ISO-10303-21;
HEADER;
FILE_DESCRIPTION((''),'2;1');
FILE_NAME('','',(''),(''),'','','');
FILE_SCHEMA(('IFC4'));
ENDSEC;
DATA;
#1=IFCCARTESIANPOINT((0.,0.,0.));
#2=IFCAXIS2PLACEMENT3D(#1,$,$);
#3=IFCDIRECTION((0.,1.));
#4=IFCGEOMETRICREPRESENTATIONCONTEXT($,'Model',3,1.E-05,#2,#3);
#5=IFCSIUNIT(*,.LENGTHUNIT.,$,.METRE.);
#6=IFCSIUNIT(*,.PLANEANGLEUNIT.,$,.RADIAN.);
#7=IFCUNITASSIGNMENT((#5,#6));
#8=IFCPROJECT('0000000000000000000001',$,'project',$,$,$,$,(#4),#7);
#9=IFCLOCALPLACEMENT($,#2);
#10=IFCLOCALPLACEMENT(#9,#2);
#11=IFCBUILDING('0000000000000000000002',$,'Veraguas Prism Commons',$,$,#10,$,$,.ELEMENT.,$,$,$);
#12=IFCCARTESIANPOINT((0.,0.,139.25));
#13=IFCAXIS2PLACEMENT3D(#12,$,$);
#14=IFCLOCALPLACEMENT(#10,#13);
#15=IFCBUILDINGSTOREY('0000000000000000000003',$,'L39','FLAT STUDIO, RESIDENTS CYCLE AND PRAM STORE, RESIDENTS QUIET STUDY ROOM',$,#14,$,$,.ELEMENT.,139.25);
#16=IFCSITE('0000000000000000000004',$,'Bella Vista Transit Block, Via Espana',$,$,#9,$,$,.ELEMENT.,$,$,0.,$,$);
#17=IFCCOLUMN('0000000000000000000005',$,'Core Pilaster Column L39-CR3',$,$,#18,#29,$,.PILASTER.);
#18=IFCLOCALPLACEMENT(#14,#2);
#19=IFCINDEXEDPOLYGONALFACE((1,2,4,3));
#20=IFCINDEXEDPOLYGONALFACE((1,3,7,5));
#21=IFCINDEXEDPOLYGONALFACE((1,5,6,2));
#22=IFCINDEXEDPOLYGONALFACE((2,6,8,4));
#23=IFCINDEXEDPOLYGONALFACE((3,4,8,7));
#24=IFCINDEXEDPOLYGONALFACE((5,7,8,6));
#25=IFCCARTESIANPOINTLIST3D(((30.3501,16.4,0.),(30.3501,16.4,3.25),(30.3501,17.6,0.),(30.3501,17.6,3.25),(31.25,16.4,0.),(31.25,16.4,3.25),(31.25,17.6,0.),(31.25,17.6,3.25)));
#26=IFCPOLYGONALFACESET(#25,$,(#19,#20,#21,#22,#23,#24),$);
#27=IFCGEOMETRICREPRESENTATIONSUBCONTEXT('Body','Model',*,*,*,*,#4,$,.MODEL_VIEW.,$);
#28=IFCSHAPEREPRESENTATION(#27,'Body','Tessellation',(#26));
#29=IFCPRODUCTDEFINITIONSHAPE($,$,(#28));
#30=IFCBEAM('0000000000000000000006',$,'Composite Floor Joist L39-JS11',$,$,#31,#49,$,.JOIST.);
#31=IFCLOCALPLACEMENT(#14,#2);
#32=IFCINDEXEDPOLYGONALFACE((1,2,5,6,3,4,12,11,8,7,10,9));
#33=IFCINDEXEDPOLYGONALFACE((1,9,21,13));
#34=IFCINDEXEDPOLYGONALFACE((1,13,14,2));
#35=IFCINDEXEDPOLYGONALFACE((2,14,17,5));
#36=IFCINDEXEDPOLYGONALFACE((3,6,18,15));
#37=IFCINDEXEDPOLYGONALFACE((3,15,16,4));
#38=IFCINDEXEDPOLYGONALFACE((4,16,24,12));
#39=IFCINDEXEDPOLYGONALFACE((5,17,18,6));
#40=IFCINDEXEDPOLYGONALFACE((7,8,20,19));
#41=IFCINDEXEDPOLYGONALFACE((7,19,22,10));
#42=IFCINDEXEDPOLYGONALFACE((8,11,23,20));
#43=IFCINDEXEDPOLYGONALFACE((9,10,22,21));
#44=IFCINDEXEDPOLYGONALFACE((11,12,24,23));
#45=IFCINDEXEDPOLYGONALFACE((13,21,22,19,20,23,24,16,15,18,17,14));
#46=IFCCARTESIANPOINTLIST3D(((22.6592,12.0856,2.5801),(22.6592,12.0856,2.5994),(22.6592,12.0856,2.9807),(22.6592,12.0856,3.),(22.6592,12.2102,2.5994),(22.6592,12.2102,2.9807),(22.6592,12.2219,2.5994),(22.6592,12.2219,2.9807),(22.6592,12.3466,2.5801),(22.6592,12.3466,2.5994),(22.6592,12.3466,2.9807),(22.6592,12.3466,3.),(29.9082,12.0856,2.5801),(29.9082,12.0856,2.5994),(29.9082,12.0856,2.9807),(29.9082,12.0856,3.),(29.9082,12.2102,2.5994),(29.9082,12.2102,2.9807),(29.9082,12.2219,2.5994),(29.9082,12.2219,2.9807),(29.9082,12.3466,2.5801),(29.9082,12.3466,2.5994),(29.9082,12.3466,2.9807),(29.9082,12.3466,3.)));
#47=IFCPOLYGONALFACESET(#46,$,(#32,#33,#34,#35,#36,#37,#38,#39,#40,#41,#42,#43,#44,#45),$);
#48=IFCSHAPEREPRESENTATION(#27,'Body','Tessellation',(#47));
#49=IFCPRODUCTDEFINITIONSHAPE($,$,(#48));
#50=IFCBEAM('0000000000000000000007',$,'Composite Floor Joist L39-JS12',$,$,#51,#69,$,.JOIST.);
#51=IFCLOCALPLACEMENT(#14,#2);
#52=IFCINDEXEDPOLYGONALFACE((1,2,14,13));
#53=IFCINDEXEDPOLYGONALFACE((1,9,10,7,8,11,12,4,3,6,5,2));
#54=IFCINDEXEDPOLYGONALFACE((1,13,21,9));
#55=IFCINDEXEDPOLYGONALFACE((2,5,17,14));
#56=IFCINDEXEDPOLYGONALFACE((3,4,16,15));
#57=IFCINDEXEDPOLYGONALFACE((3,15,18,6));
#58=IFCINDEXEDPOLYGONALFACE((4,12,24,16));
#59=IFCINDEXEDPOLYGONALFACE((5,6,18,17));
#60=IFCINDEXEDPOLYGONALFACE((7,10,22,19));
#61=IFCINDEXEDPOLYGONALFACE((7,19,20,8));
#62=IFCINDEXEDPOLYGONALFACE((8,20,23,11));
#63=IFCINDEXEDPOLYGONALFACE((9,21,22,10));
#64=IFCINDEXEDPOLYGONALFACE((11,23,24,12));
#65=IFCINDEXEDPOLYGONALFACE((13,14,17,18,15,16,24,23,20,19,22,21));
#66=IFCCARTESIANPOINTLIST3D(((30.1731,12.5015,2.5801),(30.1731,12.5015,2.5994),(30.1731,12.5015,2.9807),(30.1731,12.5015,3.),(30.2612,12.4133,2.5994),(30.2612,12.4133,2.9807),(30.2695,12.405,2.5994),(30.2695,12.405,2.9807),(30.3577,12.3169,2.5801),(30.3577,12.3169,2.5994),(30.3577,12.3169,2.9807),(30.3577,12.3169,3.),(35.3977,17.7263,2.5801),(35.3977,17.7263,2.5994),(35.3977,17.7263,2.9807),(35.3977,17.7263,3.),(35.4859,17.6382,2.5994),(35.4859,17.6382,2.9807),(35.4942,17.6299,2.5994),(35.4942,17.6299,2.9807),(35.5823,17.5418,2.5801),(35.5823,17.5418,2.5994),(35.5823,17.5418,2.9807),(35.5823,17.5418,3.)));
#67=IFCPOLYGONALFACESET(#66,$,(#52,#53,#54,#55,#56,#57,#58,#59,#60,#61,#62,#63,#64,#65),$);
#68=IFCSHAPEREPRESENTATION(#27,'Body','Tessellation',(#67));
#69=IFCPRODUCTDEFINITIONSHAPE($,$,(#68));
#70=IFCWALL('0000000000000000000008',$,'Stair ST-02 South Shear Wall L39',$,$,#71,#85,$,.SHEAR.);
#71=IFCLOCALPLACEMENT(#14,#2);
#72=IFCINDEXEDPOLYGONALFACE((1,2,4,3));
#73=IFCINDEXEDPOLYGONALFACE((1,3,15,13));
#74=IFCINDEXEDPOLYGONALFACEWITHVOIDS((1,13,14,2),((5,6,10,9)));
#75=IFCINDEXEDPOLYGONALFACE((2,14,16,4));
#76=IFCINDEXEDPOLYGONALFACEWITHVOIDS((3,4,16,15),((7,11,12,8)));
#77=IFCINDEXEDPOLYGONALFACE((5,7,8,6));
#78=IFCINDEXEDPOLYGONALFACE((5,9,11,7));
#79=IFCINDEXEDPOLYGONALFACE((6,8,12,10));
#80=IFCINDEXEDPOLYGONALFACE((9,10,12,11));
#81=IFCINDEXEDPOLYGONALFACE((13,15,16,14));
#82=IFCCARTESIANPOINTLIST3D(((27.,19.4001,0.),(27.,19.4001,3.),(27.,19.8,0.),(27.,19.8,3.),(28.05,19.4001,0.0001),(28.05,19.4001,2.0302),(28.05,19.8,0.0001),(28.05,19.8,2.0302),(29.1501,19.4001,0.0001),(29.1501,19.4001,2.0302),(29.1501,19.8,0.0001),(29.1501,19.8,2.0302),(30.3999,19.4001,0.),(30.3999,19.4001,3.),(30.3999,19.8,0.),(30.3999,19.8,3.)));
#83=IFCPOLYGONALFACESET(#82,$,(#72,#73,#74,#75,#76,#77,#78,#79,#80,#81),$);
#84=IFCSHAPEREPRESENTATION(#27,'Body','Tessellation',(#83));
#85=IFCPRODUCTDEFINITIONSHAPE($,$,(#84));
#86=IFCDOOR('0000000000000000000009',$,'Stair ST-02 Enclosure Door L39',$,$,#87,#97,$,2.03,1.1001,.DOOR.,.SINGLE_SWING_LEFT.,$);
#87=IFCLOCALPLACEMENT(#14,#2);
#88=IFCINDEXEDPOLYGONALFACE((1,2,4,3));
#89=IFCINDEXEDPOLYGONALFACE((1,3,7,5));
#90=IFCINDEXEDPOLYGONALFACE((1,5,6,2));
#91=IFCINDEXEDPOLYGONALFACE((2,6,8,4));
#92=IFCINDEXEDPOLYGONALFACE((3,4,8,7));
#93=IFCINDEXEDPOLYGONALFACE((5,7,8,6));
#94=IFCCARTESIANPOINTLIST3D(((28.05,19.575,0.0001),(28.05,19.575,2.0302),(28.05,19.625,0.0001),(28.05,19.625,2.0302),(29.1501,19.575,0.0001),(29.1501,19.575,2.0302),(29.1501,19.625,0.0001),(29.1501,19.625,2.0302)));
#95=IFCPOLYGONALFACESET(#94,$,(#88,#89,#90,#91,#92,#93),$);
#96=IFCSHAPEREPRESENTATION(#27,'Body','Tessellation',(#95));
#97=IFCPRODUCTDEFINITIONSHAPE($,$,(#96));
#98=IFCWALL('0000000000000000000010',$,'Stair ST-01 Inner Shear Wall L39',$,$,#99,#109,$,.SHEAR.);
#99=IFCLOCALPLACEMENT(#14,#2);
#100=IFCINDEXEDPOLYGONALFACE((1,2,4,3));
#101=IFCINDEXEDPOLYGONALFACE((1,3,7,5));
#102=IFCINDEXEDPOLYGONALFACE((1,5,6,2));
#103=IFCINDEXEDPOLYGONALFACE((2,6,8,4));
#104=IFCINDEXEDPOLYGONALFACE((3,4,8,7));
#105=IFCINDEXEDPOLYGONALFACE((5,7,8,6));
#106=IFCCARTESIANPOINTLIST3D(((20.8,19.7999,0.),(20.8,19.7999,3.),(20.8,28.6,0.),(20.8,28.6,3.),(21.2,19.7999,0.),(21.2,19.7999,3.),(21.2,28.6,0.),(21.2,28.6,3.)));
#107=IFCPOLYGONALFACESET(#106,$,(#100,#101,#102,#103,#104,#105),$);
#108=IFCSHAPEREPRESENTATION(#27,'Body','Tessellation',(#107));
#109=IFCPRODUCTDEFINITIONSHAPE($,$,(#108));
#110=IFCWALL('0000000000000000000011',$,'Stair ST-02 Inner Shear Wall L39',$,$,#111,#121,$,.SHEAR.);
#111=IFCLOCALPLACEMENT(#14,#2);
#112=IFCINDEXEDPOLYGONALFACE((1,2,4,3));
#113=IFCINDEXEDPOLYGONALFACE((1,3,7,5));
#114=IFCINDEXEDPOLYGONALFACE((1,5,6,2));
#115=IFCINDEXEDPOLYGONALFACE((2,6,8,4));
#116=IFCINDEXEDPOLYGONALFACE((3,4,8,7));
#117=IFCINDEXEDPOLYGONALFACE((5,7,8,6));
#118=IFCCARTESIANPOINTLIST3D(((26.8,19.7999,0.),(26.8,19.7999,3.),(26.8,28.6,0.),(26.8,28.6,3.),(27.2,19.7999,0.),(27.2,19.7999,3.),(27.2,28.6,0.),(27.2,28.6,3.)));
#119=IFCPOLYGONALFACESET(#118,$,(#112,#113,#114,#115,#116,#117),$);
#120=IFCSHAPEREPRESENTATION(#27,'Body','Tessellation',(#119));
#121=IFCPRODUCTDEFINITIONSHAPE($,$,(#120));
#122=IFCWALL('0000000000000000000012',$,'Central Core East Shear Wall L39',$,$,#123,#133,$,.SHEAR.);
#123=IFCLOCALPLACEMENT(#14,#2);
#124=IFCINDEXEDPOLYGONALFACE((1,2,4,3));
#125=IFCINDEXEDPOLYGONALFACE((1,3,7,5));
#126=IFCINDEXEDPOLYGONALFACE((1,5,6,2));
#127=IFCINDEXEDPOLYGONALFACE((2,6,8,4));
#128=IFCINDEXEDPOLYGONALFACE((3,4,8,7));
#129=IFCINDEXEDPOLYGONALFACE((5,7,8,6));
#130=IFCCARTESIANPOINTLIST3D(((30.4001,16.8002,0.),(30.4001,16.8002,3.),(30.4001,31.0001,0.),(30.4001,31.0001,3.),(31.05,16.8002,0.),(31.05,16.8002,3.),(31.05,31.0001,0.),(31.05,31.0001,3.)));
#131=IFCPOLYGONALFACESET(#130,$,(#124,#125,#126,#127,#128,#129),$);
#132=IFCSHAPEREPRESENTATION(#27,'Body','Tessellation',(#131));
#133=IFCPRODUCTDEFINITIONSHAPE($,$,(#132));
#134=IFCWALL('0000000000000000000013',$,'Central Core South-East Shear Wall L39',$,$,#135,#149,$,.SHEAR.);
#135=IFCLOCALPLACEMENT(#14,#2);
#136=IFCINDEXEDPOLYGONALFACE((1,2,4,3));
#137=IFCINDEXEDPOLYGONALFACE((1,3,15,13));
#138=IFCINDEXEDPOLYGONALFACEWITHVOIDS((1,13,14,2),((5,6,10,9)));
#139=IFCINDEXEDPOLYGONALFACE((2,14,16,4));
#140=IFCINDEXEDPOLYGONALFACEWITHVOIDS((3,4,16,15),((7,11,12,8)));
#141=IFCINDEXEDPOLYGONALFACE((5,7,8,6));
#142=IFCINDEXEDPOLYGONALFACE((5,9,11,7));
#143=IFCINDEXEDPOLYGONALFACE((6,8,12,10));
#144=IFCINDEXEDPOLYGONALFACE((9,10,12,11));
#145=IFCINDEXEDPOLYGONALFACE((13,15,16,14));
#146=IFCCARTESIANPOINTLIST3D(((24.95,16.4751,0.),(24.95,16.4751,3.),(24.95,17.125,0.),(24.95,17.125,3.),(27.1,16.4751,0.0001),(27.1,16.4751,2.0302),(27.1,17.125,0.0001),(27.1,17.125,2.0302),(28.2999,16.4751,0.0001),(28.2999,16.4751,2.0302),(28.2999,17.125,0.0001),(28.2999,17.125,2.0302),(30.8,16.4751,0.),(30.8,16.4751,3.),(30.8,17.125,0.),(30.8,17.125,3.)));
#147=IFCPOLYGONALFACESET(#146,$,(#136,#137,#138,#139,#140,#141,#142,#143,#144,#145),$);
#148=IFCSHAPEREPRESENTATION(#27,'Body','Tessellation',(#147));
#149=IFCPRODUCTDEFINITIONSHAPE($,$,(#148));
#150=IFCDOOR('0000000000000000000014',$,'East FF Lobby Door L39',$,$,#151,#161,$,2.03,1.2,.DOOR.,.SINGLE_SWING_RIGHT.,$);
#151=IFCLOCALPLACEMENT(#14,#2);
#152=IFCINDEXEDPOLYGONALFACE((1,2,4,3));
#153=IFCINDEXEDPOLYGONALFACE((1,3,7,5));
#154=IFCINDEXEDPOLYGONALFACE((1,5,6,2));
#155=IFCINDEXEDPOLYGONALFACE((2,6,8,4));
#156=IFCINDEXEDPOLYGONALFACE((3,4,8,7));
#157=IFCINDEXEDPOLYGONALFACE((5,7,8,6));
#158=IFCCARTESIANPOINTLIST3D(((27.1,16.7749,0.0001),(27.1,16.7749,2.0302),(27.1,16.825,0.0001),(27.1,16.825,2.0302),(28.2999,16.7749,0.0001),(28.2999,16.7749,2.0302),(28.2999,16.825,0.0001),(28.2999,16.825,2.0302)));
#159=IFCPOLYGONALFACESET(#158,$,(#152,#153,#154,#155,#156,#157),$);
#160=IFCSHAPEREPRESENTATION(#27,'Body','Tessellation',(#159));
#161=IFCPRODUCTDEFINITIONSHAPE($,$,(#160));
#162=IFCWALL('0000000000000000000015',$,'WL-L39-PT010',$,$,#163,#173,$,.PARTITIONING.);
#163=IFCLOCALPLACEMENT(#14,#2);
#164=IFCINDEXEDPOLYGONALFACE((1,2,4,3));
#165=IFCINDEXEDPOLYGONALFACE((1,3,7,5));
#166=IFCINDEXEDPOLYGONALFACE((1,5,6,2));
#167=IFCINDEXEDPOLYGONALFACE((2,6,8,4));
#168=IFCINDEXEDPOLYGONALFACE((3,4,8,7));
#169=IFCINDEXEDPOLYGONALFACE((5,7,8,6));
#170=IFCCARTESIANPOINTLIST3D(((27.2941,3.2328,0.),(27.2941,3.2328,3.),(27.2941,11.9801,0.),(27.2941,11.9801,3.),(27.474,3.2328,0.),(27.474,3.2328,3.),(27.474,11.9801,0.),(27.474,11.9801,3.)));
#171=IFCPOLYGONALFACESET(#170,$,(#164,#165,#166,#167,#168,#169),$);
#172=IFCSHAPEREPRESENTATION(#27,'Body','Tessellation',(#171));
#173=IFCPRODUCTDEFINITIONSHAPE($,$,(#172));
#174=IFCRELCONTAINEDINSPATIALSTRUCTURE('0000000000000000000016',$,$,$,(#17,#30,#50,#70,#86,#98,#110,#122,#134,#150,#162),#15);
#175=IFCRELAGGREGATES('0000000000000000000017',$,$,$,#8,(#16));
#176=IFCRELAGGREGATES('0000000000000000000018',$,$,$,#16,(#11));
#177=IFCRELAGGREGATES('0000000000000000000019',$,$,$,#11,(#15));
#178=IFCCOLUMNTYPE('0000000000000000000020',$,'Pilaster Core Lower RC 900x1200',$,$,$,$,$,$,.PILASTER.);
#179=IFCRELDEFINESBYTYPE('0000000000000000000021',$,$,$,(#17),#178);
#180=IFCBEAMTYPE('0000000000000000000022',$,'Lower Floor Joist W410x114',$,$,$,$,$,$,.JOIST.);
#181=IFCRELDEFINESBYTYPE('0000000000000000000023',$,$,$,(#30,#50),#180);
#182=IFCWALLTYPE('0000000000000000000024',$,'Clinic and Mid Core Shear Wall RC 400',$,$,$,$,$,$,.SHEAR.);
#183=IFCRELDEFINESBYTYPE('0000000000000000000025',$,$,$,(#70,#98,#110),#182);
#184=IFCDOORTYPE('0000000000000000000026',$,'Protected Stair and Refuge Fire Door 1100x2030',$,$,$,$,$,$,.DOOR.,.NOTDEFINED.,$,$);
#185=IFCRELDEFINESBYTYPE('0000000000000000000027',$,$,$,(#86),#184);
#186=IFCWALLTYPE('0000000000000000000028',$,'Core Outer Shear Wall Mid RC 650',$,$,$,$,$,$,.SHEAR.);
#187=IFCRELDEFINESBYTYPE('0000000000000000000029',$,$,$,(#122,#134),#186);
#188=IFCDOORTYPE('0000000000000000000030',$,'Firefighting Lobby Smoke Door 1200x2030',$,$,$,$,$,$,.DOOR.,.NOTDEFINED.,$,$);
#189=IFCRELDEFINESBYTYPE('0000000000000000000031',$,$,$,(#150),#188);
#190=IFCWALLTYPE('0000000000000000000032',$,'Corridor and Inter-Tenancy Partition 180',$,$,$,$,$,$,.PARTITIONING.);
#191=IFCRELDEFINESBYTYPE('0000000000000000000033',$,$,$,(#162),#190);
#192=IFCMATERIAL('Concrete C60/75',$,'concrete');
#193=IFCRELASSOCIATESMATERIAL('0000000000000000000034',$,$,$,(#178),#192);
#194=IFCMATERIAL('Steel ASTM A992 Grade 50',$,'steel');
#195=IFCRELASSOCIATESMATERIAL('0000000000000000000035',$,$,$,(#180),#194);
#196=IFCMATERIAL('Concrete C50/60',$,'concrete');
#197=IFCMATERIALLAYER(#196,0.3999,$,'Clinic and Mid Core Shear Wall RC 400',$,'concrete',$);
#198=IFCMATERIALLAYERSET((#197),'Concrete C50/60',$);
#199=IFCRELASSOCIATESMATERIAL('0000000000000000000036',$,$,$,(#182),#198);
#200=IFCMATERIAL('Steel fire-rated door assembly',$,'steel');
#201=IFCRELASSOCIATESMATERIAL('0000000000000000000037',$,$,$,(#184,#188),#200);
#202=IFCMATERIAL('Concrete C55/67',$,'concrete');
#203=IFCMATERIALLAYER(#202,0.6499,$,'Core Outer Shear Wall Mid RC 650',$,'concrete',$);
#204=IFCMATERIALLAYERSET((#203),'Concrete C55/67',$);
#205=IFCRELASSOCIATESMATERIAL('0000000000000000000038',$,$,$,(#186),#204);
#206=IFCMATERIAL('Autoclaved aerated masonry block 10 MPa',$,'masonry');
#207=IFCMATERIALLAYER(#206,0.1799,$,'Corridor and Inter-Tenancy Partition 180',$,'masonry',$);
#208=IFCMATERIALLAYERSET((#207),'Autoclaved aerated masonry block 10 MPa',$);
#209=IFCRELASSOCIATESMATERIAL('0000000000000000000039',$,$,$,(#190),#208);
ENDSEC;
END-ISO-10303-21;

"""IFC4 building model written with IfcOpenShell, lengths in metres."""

from ifc_helpers import new_model, si_unit, direction, frame, frame_2d, origin, origin_2d, place, context, subcontext, project, spatial, rectangle, i_section, extrude, source, transform, mapped, material, layer, layer_set, material_profile, profile_set, type_object, element, fill, save


model = new_model("IFC4")

# Units and contexts
model_context = context("Model", 3, precision=1e-05, world=origin(), true_north=direction((0.0, 1.0)))
body_context = subcontext(model_context, "Body", "Model", "MODEL_VIEW")
ifc_project = project(units=[si_unit("LENGTHUNIT", "METRE"), si_unit("PLANEANGLEUNIT", "RADIAN")], contexts=[model_context])

# Site, building, storey
site_placement = place(None, origin())
site = spatial("IfcSite", under=ifc_project, at=site_placement, Name="Bella Vista Transit Block, Via Espana", CompositionType="ELEMENT", RefElevation=0.0)
building_placement = place(site_placement, origin())
building = spatial("IfcBuilding", under=site, at=building_placement, Name="Veraguas Prism Commons", CompositionType="ELEMENT")
storey_placement = place(building_placement, frame((0.0, 0.0, 139.25)))
storey = spatial("IfcBuildingStorey", under=building, at=storey_placement, Name="L39", Description="FLAT STUDIO, RESIDENTS CYCLE AND PRAM STORE, RESIDENTS QUIET STUDY ROOM", CompositionType="ELEMENT", Elevation=139.25)

# Column
ifc_material_1 = material(Name="Concrete C60/75", Category="concrete")
ifc_material_profile_1 = material_profile(ifc_material_1, rectangle(XDim=0.8999, YDim=1.2, at=origin_2d()), Name="RC900X1200")
ifc_profile_set_1 = profile_set([ifc_material_profile_1], Name="Concrete C60/75")
column_type = type_object("IfcColumnType", Name="Pilaster Core Lower RC 900x1200", PredefinedType="PILASTER", material=ifc_profile_set_1)
column_placement = place(storey_placement, frame((30.8, 17.0, 0.0), z_axis=(0.0, 0.0, 1.0), x_axis=(1.0, 0.0, 0.0)))
element("IfcColumn", 1, at=column_placement, inside=storey, type_object=column_type, Name="Core Pilaster Column L39-CR3", PredefinedType="PILASTER", context=body_context, shape_type="SweptSolid", body=[
    extrude(rectangle(XDim=0.8999, YDim=1.2, at=origin_2d()), origin(), (0.0, 0.0, 1.0), 3.25),
])

# Beams
ifc_material_2 = material(Name="Steel ASTM A992 Grade 50", Category="steel")
ifc_material_profile_2 = material_profile(ifc_material_2, i_section(OverallWidth=0.261, OverallDepth=0.4199, WebThickness=0.0117, FlangeThickness=0.0193, at=origin_2d()), Name="W410X114")
ifc_profile_set_2 = profile_set([ifc_material_profile_2], Name="Steel ASTM A992 Grade 50")
beam_type = type_object("IfcBeamType", Name="Lower Floor Joist W410x114", PredefinedType="JOIST", material=ifc_profile_set_2)
beam_1_placement = place(storey_placement, frame((22.6592, 12.2161, 2.79), z_axis=(1.0, 0.0, 0.0), x_axis=(0.0, 1.0, 0.0)))
element("IfcBeam", 2, at=beam_1_placement, inside=storey, type_object=beam_type, Name="Composite Floor Joist L39-JS11", PredefinedType="JOIST", context=body_context, shape_type="SweptSolid", body=[
    extrude(i_section(OverallWidth=0.261, OverallDepth=0.4199, WebThickness=0.0117, FlangeThickness=0.0193, at=origin_2d()), origin(), (0.0, 0.0, 1.0), 7.249),
])
beam_2_placement = place(storey_placement, frame((30.2654, 12.4092, 2.79), z_axis=(0.70709, 0.707123, 0.0), x_axis=(-0.707123, 0.70709, 0.0)))
element("IfcBeam", 3, at=beam_2_placement, inside=storey, type_object=beam_type, Name="Composite Floor Joist L39-JS12", PredefinedType="JOIST", context=body_context, shape_type="SweptSolid", body=[
    extrude(i_section(OverallWidth=0.261, OverallDepth=0.4199, WebThickness=0.0117, FlangeThickness=0.0193, at=origin_2d()), origin(), (0.0, 0.0, 1.0), 7.3889),
])

# Wall, opening, door
ifc_material_3 = material(Name="Concrete C50/60", Category="concrete")
ifc_layer_1 = layer(ifc_material_3, 0.3999, Name="Clinic and Mid Core Shear Wall RC 400", Category="concrete")
ifc_layer_set_1 = layer_set([ifc_layer_1], Name="Concrete C50/60")
wall_type_1 = type_object("IfcWallType", Name="Clinic and Mid Core Shear Wall RC 400", PredefinedType="SHEAR", material=ifc_layer_set_1)
wall_1_placement = place(storey_placement, frame((27.0, 19.6001, 0.0), z_axis=(0.0, 0.0, 1.0), x_axis=(1.0, 0.0, 0.0)))
wall_1 = element("IfcWall", 4, at=wall_1_placement, inside=storey, type_object=wall_type_1, Name="Stair ST-02 South Shear Wall L39", PredefinedType="SHEAR", context=body_context, shape_type="SweptSolid", body=[
    extrude(rectangle(XDim=3.3999, YDim=0.3999, at=frame_2d((1.7, 0.0))), origin(), (0.0, 0.0, 1.0), 3.0),
])
opening_1_placement = place(wall_1_placement, frame((1.05, 0.0, 0.0)))
opening_1 = element("IfcOpeningElement", 5, at=opening_1_placement, cuts=wall_1, PredefinedType="OPENING", context=body_context, shape_type="SweptSolid", body=[
    extrude(rectangle(XDim=1.1001, YDim=2.03, at=frame_2d((0.55, 1.0151))), frame((0.0, 0.21, 0.0), z_axis=(0.0, -1.0, 0.0), x_axis=(1.0, 0.0, 0.0)), (0.0, 0.0, 1.0), 0.4199),
])
ifc_material_4 = material(Name="Steel fire-rated door assembly", Category="steel")
door_type_1 = type_object("IfcDoorType", Name="Protected Stair and Refuge Fire Door 1100x2030", OperationType="NOTDEFINED", PredefinedType="DOOR", material=ifc_material_4)
shared_shape_1 = source(origin(), body_context, "Body", "SweptSolid", [
    extrude(rectangle(XDim=1.1001, YDim=2.03, at=frame_2d((0.55, 1.0151))), frame((0.0, 0.0249, 0.0), z_axis=(0.0, -1.0, 0.0), x_axis=(1.0, 0.0, 0.0)), (0.0, 0.0, 1.0), 0.05),
])
door_1_placement = place(opening_1_placement, origin())
door_1 = element("IfcDoor", 6, at=door_1_placement, inside=storey, type_object=door_type_1, Name="Stair ST-02 Enclosure Door L39", OperationType="SINGLE_SWING_LEFT", OverallHeight=2.03, OverallWidth=1.1001, PredefinedType="DOOR", context=body_context, shape_type="MappedRepresentation", body=[
    mapped(shared_shape_1, transform((0.0, 0.0, 0.0), scale=1.0)),
])
fill(opening_1, door_1)

# Walls
for number, where, z_axis, x_axis, name in (
    (7, (21.0, 19.8, 0.0), (0.0, 0.0, 1.0), (0.0, 1.0, 0.0), "Stair ST-01 Inner Shear Wall L39"),
    (8, (27.0, 19.8, 0.0), (0.0, 0.0, 1.0), (0.0, 1.0, 0.0), "Stair ST-02 Inner Shear Wall L39"),
):
    element("IfcWall", number, at=place(storey_placement, frame(where, z_axis=z_axis, x_axis=x_axis)), inside=storey, type_object=wall_type_1, Name=name, PredefinedType="SHEAR", context=body_context, shape_type="SweptSolid", body=[
        extrude(rectangle(XDim=8.8, YDim=0.3999, at=frame_2d((4.3999, 0.0))), origin(), (0.0, 0.0, 1.0), 3.0),
    ])
ifc_material_5 = material(Name="Concrete C55/67", Category="concrete")
ifc_layer_2 = layer(ifc_material_5, 0.6499, Name="Core Outer Shear Wall Mid RC 650", Category="concrete")
ifc_layer_set_2 = layer_set([ifc_layer_2], Name="Concrete C55/67")
wall_type_2 = type_object("IfcWallType", Name="Core Outer Shear Wall Mid RC 650", PredefinedType="SHEAR", material=ifc_layer_set_2)
wall_2_placement = place(storey_placement, frame((30.7251, 16.8, 0.0), z_axis=(0.0, 0.0, 1.0), x_axis=(0.0, 1.0, 0.0)))
element("IfcWall", 9, at=wall_2_placement, inside=storey, type_object=wall_type_2, Name="Central Core East Shear Wall L39", PredefinedType="SHEAR", context=body_context, shape_type="SweptSolid", body=[
    extrude(rectangle(XDim=14.2, YDim=0.6499, at=frame_2d((7.1001, 0.0))), origin(), (0.0, 0.0, 1.0), 3.0),
])

# Wall, opening, door
wall_3_placement = place(storey_placement, frame((24.95, 16.8, 0.0), z_axis=(0.0, 0.0, 1.0), x_axis=(1.0, 0.0, 0.0)))
wall_3 = element("IfcWall", 10, at=wall_3_placement, inside=storey, type_object=wall_type_2, Name="Central Core South-East Shear Wall L39", PredefinedType="SHEAR", context=body_context, shape_type="SweptSolid", body=[
    extrude(rectangle(XDim=5.8501, YDim=0.6499, at=frame_2d((2.925, 0.0))), origin(), (0.0, 0.0, 1.0), 3.0),
])
opening_2_placement = place(wall_3_placement, frame((2.1499, 0.0, 0.0)))
opening_2 = element("IfcOpeningElement", 11, at=opening_2_placement, cuts=wall_3, PredefinedType="OPENING", context=body_context, shape_type="SweptSolid", body=[
    extrude(rectangle(XDim=1.2, YDim=2.03, at=frame_2d((0.6001, 1.0151))), frame((0.0, 0.335, 0.0), z_axis=(0.0, -1.0, 0.0), x_axis=(1.0, 0.0, 0.0)), (0.0, 0.0, 1.0), 0.6699),
])
door_type_2 = type_object("IfcDoorType", Name="Firefighting Lobby Smoke Door 1200x2030", OperationType="NOTDEFINED", PredefinedType="DOOR", material=ifc_material_4)
shared_shape_2 = source(origin(), body_context, "Body", "SweptSolid", [
    extrude(rectangle(XDim=1.2, YDim=2.03, at=frame_2d((0.6001, 1.0151))), frame((0.0, 0.0249, 0.0), z_axis=(0.0, -1.0, 0.0), x_axis=(1.0, 0.0, 0.0)), (0.0, 0.0, 1.0), 0.05),
])
door_2_placement = place(opening_2_placement, origin())
door_2 = element("IfcDoor", 12, at=door_2_placement, inside=storey, type_object=door_type_2, Name="East FF Lobby Door L39", OperationType="SINGLE_SWING_RIGHT", OverallHeight=2.03, OverallWidth=1.2, PredefinedType="DOOR", context=body_context, shape_type="MappedRepresentation", body=[
    mapped(shared_shape_2, transform((0.0, 0.0, 0.0), scale=1.0)),
])
fill(opening_2, door_2)

# Wall
ifc_material_6 = material(Name="Autoclaved aerated masonry block 10 MPa", Category="masonry")
ifc_layer_3 = layer(ifc_material_6, 0.1799, Name="Corridor and Inter-Tenancy Partition 180", Category="masonry")
ifc_layer_set_3 = layer_set([ifc_layer_3], Name="Autoclaved aerated masonry block 10 MPa")
wall_type_3 = type_object("IfcWallType", Name="Corridor and Inter-Tenancy Partition 180", PredefinedType="PARTITIONING", material=ifc_layer_set_3)
wall_4_placement = place(storey_placement, frame((27.384, 11.98, 0.0), z_axis=(0.0, 0.0, 1.0), x_axis=(0.0, -1.0, 0.0)))
element("IfcWall", 13, at=wall_4_placement, inside=storey, type_object=wall_type_3, Name="WL-L39-PT010", PredefinedType="PARTITIONING", context=body_context, shape_type="SweptSolid", body=[
    extrude(rectangle(XDim=8.7473, YDim=0.1799, at=frame_2d((4.3735, 0.0))), origin(), (0.0, 0.0, 1.0), 3.0),
])

save(model, "model.ifc")
